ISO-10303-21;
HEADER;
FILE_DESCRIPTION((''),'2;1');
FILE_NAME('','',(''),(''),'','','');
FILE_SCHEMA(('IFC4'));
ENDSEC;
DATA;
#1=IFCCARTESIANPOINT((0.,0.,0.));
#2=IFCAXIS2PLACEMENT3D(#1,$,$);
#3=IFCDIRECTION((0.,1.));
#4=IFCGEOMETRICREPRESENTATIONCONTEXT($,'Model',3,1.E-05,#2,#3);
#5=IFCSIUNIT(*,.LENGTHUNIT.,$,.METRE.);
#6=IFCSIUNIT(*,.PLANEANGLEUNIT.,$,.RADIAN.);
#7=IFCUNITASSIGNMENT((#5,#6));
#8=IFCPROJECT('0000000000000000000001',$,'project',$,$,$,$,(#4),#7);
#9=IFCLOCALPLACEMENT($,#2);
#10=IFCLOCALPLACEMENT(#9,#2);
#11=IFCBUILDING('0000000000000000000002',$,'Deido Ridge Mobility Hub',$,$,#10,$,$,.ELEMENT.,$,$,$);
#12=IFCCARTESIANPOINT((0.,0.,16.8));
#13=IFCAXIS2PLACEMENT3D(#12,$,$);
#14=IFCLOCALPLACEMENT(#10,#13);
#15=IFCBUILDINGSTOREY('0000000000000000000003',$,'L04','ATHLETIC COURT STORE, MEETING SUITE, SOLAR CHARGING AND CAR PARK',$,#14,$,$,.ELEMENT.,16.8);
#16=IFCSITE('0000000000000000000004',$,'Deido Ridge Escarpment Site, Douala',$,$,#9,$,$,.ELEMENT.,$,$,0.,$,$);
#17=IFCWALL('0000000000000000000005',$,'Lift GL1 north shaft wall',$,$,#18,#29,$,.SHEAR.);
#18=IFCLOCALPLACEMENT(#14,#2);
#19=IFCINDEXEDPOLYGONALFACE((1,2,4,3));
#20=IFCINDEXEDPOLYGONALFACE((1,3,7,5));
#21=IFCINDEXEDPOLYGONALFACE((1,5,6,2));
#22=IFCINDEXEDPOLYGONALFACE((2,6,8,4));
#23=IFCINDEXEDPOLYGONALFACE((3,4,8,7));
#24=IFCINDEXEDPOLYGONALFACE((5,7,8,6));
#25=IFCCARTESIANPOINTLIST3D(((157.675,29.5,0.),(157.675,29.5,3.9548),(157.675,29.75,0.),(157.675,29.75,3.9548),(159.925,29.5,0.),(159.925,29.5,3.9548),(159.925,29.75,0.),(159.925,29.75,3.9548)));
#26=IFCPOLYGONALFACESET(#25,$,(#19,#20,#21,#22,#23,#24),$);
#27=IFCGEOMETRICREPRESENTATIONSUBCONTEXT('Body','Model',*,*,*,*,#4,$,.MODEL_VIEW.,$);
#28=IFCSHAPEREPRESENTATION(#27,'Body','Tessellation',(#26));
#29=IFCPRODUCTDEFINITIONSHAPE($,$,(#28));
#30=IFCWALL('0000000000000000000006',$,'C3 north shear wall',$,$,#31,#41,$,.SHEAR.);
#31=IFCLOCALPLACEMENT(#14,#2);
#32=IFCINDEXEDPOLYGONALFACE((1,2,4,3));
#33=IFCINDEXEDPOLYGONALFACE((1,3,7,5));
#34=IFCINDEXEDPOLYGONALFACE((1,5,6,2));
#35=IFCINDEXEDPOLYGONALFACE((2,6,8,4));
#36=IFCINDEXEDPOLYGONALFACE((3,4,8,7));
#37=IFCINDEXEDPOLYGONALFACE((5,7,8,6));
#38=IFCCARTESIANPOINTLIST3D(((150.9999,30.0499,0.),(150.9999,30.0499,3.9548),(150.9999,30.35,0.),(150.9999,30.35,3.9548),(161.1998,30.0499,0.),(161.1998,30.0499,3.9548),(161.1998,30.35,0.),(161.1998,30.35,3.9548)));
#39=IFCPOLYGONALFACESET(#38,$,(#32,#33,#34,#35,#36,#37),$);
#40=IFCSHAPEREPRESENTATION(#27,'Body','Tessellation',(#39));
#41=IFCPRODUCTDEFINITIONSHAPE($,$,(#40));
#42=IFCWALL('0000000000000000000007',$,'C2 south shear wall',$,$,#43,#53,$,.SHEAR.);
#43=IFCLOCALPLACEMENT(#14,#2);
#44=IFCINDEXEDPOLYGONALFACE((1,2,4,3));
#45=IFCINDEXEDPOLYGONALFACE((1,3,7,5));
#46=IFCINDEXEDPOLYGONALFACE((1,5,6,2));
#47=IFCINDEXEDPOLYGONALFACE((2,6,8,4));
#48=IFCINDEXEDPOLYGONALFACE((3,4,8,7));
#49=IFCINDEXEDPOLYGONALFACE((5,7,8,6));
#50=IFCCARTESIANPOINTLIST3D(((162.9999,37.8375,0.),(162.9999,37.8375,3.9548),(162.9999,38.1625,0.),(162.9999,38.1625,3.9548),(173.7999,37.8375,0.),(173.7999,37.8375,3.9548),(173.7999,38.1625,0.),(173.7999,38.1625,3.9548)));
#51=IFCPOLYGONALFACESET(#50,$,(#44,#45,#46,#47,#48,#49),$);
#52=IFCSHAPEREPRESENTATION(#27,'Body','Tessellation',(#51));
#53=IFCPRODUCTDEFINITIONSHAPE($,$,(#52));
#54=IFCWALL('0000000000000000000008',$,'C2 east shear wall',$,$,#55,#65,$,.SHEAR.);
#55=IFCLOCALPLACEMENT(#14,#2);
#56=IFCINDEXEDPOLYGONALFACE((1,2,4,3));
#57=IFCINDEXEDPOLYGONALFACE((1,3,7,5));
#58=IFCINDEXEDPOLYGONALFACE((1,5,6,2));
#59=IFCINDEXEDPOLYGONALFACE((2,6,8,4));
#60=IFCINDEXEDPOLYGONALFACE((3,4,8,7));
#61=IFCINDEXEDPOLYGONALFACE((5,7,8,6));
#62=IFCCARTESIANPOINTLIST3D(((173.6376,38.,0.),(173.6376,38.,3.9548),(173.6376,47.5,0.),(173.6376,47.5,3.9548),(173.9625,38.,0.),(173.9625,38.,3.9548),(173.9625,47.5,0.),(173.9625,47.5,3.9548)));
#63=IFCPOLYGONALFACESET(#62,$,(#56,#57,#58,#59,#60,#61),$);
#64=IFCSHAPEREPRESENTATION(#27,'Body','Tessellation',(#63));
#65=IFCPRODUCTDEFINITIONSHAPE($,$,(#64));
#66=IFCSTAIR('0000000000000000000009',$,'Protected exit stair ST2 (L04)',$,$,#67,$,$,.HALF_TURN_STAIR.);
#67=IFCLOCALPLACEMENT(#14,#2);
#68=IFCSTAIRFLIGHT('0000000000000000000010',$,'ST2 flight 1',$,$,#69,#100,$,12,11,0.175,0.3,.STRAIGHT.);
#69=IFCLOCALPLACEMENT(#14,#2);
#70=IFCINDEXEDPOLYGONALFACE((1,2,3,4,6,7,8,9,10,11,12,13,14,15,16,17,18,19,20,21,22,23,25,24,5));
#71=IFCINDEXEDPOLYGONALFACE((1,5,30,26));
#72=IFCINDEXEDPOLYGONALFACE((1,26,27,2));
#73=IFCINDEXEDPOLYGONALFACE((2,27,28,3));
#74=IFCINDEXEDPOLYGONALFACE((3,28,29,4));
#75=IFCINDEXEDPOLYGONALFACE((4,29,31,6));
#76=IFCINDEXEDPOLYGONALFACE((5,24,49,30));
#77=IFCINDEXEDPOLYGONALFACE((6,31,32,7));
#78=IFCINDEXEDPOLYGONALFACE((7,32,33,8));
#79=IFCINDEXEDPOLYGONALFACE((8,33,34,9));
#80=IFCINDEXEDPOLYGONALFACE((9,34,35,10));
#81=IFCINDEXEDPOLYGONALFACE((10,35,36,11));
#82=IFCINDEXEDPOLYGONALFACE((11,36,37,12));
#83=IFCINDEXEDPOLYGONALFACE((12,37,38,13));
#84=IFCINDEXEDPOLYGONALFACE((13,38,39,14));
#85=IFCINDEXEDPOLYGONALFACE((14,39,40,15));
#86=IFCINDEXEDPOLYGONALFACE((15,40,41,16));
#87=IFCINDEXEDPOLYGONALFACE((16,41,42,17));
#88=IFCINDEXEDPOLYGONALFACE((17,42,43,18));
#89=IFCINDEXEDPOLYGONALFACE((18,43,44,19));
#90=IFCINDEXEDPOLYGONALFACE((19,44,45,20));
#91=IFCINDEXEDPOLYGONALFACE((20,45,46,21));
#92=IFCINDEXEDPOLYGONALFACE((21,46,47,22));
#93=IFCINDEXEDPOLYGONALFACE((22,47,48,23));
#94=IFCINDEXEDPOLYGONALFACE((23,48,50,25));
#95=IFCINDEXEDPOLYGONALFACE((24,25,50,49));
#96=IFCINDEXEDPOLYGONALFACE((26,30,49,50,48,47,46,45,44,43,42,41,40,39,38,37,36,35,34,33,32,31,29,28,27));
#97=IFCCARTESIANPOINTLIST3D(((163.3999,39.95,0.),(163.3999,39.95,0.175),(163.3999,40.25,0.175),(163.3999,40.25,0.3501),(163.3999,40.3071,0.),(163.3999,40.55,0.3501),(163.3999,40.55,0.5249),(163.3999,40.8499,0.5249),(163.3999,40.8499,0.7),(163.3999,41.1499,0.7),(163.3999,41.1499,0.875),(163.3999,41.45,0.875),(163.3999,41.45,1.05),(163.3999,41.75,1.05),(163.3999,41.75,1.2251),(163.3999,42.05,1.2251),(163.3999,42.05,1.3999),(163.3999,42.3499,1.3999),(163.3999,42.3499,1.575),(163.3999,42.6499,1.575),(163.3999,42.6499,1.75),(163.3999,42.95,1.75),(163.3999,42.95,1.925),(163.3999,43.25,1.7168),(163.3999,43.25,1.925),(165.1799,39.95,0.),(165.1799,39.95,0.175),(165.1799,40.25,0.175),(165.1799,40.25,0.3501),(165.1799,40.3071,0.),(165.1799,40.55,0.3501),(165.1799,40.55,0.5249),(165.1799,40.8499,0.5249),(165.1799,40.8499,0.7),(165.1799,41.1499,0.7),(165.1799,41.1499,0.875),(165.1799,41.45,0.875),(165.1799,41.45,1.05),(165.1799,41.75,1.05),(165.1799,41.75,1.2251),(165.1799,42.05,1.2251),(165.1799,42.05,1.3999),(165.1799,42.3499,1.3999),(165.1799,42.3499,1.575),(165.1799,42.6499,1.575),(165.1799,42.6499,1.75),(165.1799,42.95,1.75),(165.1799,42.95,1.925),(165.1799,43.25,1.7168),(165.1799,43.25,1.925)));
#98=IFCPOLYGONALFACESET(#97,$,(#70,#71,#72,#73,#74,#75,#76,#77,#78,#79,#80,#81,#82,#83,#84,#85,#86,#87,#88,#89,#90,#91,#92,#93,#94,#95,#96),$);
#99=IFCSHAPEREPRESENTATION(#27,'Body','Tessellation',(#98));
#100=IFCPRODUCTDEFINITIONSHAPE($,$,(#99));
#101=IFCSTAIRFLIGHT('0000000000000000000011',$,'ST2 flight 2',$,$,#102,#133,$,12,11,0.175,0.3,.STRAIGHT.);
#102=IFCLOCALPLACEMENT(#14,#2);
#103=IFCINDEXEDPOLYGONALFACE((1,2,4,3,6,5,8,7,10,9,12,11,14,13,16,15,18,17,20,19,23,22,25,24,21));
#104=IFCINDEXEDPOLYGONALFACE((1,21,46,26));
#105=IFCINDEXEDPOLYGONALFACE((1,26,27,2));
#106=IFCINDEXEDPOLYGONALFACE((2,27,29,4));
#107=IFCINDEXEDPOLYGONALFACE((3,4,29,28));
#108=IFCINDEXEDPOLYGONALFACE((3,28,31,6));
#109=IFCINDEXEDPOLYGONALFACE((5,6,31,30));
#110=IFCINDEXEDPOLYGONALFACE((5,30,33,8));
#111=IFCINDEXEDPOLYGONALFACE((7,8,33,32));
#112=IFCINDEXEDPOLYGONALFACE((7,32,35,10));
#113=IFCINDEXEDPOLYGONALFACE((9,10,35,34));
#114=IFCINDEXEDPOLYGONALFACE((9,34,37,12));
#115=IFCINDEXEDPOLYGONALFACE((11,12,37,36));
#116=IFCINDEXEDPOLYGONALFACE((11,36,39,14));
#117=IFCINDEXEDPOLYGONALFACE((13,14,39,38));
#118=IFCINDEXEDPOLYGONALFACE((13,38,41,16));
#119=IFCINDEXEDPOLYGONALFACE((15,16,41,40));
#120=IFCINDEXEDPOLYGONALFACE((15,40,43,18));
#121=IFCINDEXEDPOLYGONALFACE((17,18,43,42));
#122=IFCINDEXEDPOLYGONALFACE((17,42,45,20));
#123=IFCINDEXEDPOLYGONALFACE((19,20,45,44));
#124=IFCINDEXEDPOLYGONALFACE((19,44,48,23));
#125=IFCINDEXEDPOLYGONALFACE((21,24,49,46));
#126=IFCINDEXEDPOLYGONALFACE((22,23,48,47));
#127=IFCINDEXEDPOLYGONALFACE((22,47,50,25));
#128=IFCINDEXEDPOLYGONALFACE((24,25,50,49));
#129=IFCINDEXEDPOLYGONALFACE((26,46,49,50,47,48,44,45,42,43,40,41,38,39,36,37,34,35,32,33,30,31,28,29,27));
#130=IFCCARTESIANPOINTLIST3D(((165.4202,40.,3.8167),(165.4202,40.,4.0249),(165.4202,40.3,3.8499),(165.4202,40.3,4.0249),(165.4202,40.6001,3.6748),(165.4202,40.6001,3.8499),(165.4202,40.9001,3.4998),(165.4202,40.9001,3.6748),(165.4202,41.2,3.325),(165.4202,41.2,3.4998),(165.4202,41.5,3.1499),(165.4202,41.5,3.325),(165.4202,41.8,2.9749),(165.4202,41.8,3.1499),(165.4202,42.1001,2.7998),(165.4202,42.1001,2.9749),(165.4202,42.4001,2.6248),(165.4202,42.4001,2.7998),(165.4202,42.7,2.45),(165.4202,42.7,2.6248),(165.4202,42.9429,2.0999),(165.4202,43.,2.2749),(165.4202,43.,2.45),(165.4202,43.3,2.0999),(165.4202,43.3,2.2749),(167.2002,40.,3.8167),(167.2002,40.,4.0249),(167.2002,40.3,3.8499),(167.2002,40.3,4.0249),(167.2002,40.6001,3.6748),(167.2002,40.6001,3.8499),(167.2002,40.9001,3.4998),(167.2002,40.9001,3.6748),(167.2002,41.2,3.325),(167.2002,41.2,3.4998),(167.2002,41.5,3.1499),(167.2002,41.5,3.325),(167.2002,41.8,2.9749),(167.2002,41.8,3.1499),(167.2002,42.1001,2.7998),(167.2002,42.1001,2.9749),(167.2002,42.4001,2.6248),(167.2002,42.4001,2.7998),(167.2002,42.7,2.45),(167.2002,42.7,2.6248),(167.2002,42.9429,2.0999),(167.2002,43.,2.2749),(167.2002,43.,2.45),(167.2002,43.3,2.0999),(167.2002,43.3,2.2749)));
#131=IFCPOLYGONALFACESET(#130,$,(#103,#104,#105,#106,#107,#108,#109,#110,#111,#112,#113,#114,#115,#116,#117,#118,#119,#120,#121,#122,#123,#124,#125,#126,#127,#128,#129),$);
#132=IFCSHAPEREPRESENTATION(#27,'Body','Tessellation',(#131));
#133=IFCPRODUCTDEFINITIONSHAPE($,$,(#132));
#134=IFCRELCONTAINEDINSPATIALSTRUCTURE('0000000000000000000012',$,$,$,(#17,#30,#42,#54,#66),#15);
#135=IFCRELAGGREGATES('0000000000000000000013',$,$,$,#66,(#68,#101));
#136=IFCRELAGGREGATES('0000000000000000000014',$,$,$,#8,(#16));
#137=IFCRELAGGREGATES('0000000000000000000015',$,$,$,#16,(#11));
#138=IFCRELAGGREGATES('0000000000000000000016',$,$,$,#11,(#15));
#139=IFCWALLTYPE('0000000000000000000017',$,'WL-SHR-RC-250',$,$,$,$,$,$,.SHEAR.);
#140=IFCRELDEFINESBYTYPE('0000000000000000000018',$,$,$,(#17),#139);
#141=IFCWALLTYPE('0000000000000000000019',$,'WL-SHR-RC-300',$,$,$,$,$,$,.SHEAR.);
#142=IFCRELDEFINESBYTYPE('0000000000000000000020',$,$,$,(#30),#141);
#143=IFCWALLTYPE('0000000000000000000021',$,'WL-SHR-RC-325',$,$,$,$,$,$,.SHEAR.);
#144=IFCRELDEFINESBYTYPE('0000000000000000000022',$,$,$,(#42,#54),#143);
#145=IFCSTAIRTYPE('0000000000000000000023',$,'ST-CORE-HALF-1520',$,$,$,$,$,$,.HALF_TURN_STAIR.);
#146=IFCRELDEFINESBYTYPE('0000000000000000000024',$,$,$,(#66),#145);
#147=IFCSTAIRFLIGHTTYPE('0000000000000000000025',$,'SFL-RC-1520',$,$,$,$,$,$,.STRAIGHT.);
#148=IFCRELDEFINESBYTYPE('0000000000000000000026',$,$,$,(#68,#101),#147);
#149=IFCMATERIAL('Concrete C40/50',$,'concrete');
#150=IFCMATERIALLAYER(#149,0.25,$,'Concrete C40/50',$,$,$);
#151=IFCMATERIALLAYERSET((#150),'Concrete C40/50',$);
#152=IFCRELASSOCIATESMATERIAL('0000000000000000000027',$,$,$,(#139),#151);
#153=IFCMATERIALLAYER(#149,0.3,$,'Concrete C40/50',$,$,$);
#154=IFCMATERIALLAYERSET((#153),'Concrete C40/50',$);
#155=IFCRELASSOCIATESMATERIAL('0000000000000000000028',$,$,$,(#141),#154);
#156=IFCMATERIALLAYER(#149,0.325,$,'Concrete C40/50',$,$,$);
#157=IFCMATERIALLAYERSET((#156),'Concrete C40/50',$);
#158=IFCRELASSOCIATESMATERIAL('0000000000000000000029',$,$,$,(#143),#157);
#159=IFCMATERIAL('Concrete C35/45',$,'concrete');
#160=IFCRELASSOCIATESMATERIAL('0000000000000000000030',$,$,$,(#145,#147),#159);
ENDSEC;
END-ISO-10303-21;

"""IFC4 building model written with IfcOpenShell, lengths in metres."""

from ifc_helpers import new_model, si_unit, direction, frame, frame_2d, origin, place, context, subcontext, project, spatial, polyline, rectangle, outline, extrude, material, layer, layer_set, type_object, element, aggregate, save


model = new_model("IFC4")

# Units and contexts
model_context = context("Model", 3, precision=1e-05, world=origin(), true_north=direction((0.0, 1.0)))
body_context = subcontext(model_context, "Body", "Model", "MODEL_VIEW")
ifc_project = project(units=[si_unit("LENGTHUNIT", "METRE"), si_unit("PLANEANGLEUNIT", "RADIAN")], contexts=[model_context])

# Site, building, storey
site_placement = place(None, origin())
site = spatial("IfcSite", under=ifc_project, at=site_placement, Name="Deido Ridge Escarpment Site, Douala", CompositionType="ELEMENT", RefElevation=0.0)
building_placement = place(site_placement, origin())
building = spatial("IfcBuilding", under=site, at=building_placement, Name="Deido Ridge Mobility Hub", CompositionType="ELEMENT")
storey_placement = place(building_placement, frame((0.0, 0.0, 16.8)))
storey = spatial("IfcBuildingStorey", under=building, at=storey_placement, Name="L04", Description="ATHLETIC COURT STORE, MEETING SUITE, SOLAR CHARGING AND CAR PARK", CompositionType="ELEMENT", Elevation=16.8)

# Shared definitions
ifc_material_1 = material(Name="Concrete C40/50", Category="concrete")
ifc_layer_1 = layer(ifc_material_1, 0.25, Name="Concrete C40/50")
ifc_layer_set_1 = layer_set([ifc_layer_1], Name="Concrete C40/50")
wall_type_1 = type_object("IfcWallType", Name="WL-SHR-RC-250", PredefinedType="SHEAR", material=ifc_layer_set_1)

# Walls
wall_1_placement = place(storey_placement, frame((157.675, 29.625, 0.0), z_axis=(0.0, 0.0, 1.0), x_axis=(1.0, 0.0, 0.0)))
element("IfcWall", 1, at=wall_1_placement, inside=storey, type_object=wall_type_1, Name="Lift GL1 north shaft wall", PredefinedType="SHEAR", context=body_context, shape_type="SweptSolid", body=[
    extrude(rectangle(XDim=2.25, YDim=0.25, at=frame_2d((1.125, 0.0))), origin(), (0.0, 0.0, 1.0), 3.9548),
])
ifc_layer_2 = layer(ifc_material_1, 0.3, Name="Concrete C40/50")
ifc_layer_set_2 = layer_set([ifc_layer_2], Name="Concrete C40/50")
wall_type_2 = type_object("IfcWallType", Name="WL-SHR-RC-300", PredefinedType="SHEAR", material=ifc_layer_set_2)
wall_2_placement = place(storey_placement, frame((161.2, 30.2, 0.0), z_axis=(0.0, 0.0, 1.0), x_axis=(-1.0, 0.0, 0.0)))
element("IfcWall", 2, at=wall_2_placement, inside=storey, type_object=wall_type_2, Name="C3 north shear wall", PredefinedType="SHEAR", context=body_context, shape_type="SweptSolid", body=[
    extrude(rectangle(XDim=10.2, YDim=0.3, at=frame_2d((5.1001, 0.0))), origin(), (0.0, 0.0, 1.0), 3.9548),
])
ifc_layer_3 = layer(ifc_material_1, 0.325, Name="Concrete C40/50")
ifc_layer_set_3 = layer_set([ifc_layer_3], Name="Concrete C40/50")
wall_type_3 = type_object("IfcWallType", Name="WL-SHR-RC-325", PredefinedType="SHEAR", material=ifc_layer_set_3)
wall_3_placement = place(storey_placement, frame((163.0, 38.0, 0.0), z_axis=(0.0, 0.0, 1.0), x_axis=(1.0, 0.0, 0.0)))
element("IfcWall", 3, at=wall_3_placement, inside=storey, type_object=wall_type_3, Name="C2 south shear wall", PredefinedType="SHEAR", context=body_context, shape_type="SweptSolid", body=[
    extrude(rectangle(XDim=10.8, YDim=0.325, at=frame_2d((5.3999, 0.0))), origin(), (0.0, 0.0, 1.0), 3.9548),
])
wall_4_placement = place(storey_placement, frame((173.8, 38.0, 0.0), z_axis=(0.0, 0.0, 1.0), x_axis=(0.0, 1.0, 0.0)))
element("IfcWall", 4, at=wall_4_placement, inside=storey, type_object=wall_type_3, Name="C2 east shear wall", PredefinedType="SHEAR", context=body_context, shape_type="SweptSolid", body=[
    extrude(rectangle(XDim=9.5, YDim=0.325, at=frame_2d((4.75, 0.0))), origin(), (0.0, 0.0, 1.0), 3.9548),
])

# Stair, stair flights
ifc_material_2 = material(Name="Concrete C35/45", Category="concrete")
stair_type = type_object("IfcStairType", Name="ST-CORE-HALF-1520", PredefinedType="HALF_TURN_STAIR", material=ifc_material_2)
stair_placement = place(storey_placement, origin())
stair = element("IfcStair", 5, at=stair_placement, inside=storey, type_object=stair_type, Name="Protected exit stair ST2 (L04)", PredefinedType="HALF_TURN_STAIR")
stair_flight_type = type_object("IfcStairFlightType", Name="SFL-RC-1520", PredefinedType="STRAIGHT", material=ifc_material_2)
stair_flight_1_placement = place(storey_placement, frame((164.29, 39.95, 0.0), z_axis=(0.0, 0.0, 1.0), x_axis=(0.0, 1.0, 0.0)))
stair_flight_1 = element("IfcStairFlight", 6, at=stair_flight_1_placement, type_object=stair_flight_type, Name="ST2 flight 1", NumberOfRisers=12, NumberOfTreads=11, PredefinedType="STRAIGHT", RiserHeight=0.175, TreadLength=0.3, context=body_context, shape_type="SweptSolid", body=[
    extrude(outline(polyline([(0.0, 0.0), (0.0, 0.175), (0.3, 0.175), (0.3, 0.3501), (0.6001, 0.3501), (0.6001, 0.5249), (0.8999, 0.5249), (0.8999, 0.7), (1.2, 0.7), (1.2, 0.875), (1.5, 0.875), (1.5, 1.05), (1.8, 1.05), (1.8, 1.2251), (2.1001, 1.2251), (2.1001, 1.3999), (2.3999, 1.3999), (2.3999, 1.575), (2.7, 1.575), (2.7, 1.75), (3.0, 1.75), (3.0, 1.925), (3.3, 1.925), (3.3, 2.1001), (3.3, 1.7168), (0.3572, 0.0), (0.0, 0.0)])), frame((0.0, 0.8901, 0.0), z_axis=(0.0, -1.0, 0.0), x_axis=(1.0, 0.0, 0.0)), (0.0, 0.0, 1.0), 1.78),
])
stair_flight_2_placement = place(storey_placement, frame((166.3101, 43.3, 2.0999), z_axis=(0.0, 0.0, 1.0), x_axis=(0.0, -1.0, 0.0)))
stair_flight_2 = element("IfcStairFlight", 7, at=stair_flight_2_placement, type_object=stair_flight_type, Name="ST2 flight 2", NumberOfRisers=12, NumberOfTreads=11, PredefinedType="STRAIGHT", RiserHeight=0.175, TreadLength=0.3, context=body_context, shape_type="SweptSolid", body=[
    extrude(outline(polyline([(0.0, 0.0), (0.0, 0.175), (0.3, 0.175), (0.3, 0.3501), (0.6001, 0.3501), (0.6001, 0.5249), (0.8999, 0.5249), (0.8999, 0.7), (1.2, 0.7), (1.2, 0.875), (1.5, 0.875), (1.5, 1.05), (1.8, 1.05), (1.8, 1.2251), (2.1001, 1.2251), (2.1001, 1.3999), (2.3999, 1.3999), (2.3999, 1.575), (2.7, 1.575), (2.7, 1.75), (3.0, 1.75), (3.0, 1.925), (3.3, 1.925), (3.3, 2.1001), (3.3, 1.7168), (0.3572, 0.0), (0.0, 0.0)])), frame((0.0, 0.8901, 0.0), z_axis=(0.0, -1.0, 0.0), x_axis=(1.0, 0.0, 0.0)), (0.0, 0.0, 1.0), 1.78),
])
aggregate(stair, [stair_flight_1, stair_flight_2])

save(model, "model.ifc")
